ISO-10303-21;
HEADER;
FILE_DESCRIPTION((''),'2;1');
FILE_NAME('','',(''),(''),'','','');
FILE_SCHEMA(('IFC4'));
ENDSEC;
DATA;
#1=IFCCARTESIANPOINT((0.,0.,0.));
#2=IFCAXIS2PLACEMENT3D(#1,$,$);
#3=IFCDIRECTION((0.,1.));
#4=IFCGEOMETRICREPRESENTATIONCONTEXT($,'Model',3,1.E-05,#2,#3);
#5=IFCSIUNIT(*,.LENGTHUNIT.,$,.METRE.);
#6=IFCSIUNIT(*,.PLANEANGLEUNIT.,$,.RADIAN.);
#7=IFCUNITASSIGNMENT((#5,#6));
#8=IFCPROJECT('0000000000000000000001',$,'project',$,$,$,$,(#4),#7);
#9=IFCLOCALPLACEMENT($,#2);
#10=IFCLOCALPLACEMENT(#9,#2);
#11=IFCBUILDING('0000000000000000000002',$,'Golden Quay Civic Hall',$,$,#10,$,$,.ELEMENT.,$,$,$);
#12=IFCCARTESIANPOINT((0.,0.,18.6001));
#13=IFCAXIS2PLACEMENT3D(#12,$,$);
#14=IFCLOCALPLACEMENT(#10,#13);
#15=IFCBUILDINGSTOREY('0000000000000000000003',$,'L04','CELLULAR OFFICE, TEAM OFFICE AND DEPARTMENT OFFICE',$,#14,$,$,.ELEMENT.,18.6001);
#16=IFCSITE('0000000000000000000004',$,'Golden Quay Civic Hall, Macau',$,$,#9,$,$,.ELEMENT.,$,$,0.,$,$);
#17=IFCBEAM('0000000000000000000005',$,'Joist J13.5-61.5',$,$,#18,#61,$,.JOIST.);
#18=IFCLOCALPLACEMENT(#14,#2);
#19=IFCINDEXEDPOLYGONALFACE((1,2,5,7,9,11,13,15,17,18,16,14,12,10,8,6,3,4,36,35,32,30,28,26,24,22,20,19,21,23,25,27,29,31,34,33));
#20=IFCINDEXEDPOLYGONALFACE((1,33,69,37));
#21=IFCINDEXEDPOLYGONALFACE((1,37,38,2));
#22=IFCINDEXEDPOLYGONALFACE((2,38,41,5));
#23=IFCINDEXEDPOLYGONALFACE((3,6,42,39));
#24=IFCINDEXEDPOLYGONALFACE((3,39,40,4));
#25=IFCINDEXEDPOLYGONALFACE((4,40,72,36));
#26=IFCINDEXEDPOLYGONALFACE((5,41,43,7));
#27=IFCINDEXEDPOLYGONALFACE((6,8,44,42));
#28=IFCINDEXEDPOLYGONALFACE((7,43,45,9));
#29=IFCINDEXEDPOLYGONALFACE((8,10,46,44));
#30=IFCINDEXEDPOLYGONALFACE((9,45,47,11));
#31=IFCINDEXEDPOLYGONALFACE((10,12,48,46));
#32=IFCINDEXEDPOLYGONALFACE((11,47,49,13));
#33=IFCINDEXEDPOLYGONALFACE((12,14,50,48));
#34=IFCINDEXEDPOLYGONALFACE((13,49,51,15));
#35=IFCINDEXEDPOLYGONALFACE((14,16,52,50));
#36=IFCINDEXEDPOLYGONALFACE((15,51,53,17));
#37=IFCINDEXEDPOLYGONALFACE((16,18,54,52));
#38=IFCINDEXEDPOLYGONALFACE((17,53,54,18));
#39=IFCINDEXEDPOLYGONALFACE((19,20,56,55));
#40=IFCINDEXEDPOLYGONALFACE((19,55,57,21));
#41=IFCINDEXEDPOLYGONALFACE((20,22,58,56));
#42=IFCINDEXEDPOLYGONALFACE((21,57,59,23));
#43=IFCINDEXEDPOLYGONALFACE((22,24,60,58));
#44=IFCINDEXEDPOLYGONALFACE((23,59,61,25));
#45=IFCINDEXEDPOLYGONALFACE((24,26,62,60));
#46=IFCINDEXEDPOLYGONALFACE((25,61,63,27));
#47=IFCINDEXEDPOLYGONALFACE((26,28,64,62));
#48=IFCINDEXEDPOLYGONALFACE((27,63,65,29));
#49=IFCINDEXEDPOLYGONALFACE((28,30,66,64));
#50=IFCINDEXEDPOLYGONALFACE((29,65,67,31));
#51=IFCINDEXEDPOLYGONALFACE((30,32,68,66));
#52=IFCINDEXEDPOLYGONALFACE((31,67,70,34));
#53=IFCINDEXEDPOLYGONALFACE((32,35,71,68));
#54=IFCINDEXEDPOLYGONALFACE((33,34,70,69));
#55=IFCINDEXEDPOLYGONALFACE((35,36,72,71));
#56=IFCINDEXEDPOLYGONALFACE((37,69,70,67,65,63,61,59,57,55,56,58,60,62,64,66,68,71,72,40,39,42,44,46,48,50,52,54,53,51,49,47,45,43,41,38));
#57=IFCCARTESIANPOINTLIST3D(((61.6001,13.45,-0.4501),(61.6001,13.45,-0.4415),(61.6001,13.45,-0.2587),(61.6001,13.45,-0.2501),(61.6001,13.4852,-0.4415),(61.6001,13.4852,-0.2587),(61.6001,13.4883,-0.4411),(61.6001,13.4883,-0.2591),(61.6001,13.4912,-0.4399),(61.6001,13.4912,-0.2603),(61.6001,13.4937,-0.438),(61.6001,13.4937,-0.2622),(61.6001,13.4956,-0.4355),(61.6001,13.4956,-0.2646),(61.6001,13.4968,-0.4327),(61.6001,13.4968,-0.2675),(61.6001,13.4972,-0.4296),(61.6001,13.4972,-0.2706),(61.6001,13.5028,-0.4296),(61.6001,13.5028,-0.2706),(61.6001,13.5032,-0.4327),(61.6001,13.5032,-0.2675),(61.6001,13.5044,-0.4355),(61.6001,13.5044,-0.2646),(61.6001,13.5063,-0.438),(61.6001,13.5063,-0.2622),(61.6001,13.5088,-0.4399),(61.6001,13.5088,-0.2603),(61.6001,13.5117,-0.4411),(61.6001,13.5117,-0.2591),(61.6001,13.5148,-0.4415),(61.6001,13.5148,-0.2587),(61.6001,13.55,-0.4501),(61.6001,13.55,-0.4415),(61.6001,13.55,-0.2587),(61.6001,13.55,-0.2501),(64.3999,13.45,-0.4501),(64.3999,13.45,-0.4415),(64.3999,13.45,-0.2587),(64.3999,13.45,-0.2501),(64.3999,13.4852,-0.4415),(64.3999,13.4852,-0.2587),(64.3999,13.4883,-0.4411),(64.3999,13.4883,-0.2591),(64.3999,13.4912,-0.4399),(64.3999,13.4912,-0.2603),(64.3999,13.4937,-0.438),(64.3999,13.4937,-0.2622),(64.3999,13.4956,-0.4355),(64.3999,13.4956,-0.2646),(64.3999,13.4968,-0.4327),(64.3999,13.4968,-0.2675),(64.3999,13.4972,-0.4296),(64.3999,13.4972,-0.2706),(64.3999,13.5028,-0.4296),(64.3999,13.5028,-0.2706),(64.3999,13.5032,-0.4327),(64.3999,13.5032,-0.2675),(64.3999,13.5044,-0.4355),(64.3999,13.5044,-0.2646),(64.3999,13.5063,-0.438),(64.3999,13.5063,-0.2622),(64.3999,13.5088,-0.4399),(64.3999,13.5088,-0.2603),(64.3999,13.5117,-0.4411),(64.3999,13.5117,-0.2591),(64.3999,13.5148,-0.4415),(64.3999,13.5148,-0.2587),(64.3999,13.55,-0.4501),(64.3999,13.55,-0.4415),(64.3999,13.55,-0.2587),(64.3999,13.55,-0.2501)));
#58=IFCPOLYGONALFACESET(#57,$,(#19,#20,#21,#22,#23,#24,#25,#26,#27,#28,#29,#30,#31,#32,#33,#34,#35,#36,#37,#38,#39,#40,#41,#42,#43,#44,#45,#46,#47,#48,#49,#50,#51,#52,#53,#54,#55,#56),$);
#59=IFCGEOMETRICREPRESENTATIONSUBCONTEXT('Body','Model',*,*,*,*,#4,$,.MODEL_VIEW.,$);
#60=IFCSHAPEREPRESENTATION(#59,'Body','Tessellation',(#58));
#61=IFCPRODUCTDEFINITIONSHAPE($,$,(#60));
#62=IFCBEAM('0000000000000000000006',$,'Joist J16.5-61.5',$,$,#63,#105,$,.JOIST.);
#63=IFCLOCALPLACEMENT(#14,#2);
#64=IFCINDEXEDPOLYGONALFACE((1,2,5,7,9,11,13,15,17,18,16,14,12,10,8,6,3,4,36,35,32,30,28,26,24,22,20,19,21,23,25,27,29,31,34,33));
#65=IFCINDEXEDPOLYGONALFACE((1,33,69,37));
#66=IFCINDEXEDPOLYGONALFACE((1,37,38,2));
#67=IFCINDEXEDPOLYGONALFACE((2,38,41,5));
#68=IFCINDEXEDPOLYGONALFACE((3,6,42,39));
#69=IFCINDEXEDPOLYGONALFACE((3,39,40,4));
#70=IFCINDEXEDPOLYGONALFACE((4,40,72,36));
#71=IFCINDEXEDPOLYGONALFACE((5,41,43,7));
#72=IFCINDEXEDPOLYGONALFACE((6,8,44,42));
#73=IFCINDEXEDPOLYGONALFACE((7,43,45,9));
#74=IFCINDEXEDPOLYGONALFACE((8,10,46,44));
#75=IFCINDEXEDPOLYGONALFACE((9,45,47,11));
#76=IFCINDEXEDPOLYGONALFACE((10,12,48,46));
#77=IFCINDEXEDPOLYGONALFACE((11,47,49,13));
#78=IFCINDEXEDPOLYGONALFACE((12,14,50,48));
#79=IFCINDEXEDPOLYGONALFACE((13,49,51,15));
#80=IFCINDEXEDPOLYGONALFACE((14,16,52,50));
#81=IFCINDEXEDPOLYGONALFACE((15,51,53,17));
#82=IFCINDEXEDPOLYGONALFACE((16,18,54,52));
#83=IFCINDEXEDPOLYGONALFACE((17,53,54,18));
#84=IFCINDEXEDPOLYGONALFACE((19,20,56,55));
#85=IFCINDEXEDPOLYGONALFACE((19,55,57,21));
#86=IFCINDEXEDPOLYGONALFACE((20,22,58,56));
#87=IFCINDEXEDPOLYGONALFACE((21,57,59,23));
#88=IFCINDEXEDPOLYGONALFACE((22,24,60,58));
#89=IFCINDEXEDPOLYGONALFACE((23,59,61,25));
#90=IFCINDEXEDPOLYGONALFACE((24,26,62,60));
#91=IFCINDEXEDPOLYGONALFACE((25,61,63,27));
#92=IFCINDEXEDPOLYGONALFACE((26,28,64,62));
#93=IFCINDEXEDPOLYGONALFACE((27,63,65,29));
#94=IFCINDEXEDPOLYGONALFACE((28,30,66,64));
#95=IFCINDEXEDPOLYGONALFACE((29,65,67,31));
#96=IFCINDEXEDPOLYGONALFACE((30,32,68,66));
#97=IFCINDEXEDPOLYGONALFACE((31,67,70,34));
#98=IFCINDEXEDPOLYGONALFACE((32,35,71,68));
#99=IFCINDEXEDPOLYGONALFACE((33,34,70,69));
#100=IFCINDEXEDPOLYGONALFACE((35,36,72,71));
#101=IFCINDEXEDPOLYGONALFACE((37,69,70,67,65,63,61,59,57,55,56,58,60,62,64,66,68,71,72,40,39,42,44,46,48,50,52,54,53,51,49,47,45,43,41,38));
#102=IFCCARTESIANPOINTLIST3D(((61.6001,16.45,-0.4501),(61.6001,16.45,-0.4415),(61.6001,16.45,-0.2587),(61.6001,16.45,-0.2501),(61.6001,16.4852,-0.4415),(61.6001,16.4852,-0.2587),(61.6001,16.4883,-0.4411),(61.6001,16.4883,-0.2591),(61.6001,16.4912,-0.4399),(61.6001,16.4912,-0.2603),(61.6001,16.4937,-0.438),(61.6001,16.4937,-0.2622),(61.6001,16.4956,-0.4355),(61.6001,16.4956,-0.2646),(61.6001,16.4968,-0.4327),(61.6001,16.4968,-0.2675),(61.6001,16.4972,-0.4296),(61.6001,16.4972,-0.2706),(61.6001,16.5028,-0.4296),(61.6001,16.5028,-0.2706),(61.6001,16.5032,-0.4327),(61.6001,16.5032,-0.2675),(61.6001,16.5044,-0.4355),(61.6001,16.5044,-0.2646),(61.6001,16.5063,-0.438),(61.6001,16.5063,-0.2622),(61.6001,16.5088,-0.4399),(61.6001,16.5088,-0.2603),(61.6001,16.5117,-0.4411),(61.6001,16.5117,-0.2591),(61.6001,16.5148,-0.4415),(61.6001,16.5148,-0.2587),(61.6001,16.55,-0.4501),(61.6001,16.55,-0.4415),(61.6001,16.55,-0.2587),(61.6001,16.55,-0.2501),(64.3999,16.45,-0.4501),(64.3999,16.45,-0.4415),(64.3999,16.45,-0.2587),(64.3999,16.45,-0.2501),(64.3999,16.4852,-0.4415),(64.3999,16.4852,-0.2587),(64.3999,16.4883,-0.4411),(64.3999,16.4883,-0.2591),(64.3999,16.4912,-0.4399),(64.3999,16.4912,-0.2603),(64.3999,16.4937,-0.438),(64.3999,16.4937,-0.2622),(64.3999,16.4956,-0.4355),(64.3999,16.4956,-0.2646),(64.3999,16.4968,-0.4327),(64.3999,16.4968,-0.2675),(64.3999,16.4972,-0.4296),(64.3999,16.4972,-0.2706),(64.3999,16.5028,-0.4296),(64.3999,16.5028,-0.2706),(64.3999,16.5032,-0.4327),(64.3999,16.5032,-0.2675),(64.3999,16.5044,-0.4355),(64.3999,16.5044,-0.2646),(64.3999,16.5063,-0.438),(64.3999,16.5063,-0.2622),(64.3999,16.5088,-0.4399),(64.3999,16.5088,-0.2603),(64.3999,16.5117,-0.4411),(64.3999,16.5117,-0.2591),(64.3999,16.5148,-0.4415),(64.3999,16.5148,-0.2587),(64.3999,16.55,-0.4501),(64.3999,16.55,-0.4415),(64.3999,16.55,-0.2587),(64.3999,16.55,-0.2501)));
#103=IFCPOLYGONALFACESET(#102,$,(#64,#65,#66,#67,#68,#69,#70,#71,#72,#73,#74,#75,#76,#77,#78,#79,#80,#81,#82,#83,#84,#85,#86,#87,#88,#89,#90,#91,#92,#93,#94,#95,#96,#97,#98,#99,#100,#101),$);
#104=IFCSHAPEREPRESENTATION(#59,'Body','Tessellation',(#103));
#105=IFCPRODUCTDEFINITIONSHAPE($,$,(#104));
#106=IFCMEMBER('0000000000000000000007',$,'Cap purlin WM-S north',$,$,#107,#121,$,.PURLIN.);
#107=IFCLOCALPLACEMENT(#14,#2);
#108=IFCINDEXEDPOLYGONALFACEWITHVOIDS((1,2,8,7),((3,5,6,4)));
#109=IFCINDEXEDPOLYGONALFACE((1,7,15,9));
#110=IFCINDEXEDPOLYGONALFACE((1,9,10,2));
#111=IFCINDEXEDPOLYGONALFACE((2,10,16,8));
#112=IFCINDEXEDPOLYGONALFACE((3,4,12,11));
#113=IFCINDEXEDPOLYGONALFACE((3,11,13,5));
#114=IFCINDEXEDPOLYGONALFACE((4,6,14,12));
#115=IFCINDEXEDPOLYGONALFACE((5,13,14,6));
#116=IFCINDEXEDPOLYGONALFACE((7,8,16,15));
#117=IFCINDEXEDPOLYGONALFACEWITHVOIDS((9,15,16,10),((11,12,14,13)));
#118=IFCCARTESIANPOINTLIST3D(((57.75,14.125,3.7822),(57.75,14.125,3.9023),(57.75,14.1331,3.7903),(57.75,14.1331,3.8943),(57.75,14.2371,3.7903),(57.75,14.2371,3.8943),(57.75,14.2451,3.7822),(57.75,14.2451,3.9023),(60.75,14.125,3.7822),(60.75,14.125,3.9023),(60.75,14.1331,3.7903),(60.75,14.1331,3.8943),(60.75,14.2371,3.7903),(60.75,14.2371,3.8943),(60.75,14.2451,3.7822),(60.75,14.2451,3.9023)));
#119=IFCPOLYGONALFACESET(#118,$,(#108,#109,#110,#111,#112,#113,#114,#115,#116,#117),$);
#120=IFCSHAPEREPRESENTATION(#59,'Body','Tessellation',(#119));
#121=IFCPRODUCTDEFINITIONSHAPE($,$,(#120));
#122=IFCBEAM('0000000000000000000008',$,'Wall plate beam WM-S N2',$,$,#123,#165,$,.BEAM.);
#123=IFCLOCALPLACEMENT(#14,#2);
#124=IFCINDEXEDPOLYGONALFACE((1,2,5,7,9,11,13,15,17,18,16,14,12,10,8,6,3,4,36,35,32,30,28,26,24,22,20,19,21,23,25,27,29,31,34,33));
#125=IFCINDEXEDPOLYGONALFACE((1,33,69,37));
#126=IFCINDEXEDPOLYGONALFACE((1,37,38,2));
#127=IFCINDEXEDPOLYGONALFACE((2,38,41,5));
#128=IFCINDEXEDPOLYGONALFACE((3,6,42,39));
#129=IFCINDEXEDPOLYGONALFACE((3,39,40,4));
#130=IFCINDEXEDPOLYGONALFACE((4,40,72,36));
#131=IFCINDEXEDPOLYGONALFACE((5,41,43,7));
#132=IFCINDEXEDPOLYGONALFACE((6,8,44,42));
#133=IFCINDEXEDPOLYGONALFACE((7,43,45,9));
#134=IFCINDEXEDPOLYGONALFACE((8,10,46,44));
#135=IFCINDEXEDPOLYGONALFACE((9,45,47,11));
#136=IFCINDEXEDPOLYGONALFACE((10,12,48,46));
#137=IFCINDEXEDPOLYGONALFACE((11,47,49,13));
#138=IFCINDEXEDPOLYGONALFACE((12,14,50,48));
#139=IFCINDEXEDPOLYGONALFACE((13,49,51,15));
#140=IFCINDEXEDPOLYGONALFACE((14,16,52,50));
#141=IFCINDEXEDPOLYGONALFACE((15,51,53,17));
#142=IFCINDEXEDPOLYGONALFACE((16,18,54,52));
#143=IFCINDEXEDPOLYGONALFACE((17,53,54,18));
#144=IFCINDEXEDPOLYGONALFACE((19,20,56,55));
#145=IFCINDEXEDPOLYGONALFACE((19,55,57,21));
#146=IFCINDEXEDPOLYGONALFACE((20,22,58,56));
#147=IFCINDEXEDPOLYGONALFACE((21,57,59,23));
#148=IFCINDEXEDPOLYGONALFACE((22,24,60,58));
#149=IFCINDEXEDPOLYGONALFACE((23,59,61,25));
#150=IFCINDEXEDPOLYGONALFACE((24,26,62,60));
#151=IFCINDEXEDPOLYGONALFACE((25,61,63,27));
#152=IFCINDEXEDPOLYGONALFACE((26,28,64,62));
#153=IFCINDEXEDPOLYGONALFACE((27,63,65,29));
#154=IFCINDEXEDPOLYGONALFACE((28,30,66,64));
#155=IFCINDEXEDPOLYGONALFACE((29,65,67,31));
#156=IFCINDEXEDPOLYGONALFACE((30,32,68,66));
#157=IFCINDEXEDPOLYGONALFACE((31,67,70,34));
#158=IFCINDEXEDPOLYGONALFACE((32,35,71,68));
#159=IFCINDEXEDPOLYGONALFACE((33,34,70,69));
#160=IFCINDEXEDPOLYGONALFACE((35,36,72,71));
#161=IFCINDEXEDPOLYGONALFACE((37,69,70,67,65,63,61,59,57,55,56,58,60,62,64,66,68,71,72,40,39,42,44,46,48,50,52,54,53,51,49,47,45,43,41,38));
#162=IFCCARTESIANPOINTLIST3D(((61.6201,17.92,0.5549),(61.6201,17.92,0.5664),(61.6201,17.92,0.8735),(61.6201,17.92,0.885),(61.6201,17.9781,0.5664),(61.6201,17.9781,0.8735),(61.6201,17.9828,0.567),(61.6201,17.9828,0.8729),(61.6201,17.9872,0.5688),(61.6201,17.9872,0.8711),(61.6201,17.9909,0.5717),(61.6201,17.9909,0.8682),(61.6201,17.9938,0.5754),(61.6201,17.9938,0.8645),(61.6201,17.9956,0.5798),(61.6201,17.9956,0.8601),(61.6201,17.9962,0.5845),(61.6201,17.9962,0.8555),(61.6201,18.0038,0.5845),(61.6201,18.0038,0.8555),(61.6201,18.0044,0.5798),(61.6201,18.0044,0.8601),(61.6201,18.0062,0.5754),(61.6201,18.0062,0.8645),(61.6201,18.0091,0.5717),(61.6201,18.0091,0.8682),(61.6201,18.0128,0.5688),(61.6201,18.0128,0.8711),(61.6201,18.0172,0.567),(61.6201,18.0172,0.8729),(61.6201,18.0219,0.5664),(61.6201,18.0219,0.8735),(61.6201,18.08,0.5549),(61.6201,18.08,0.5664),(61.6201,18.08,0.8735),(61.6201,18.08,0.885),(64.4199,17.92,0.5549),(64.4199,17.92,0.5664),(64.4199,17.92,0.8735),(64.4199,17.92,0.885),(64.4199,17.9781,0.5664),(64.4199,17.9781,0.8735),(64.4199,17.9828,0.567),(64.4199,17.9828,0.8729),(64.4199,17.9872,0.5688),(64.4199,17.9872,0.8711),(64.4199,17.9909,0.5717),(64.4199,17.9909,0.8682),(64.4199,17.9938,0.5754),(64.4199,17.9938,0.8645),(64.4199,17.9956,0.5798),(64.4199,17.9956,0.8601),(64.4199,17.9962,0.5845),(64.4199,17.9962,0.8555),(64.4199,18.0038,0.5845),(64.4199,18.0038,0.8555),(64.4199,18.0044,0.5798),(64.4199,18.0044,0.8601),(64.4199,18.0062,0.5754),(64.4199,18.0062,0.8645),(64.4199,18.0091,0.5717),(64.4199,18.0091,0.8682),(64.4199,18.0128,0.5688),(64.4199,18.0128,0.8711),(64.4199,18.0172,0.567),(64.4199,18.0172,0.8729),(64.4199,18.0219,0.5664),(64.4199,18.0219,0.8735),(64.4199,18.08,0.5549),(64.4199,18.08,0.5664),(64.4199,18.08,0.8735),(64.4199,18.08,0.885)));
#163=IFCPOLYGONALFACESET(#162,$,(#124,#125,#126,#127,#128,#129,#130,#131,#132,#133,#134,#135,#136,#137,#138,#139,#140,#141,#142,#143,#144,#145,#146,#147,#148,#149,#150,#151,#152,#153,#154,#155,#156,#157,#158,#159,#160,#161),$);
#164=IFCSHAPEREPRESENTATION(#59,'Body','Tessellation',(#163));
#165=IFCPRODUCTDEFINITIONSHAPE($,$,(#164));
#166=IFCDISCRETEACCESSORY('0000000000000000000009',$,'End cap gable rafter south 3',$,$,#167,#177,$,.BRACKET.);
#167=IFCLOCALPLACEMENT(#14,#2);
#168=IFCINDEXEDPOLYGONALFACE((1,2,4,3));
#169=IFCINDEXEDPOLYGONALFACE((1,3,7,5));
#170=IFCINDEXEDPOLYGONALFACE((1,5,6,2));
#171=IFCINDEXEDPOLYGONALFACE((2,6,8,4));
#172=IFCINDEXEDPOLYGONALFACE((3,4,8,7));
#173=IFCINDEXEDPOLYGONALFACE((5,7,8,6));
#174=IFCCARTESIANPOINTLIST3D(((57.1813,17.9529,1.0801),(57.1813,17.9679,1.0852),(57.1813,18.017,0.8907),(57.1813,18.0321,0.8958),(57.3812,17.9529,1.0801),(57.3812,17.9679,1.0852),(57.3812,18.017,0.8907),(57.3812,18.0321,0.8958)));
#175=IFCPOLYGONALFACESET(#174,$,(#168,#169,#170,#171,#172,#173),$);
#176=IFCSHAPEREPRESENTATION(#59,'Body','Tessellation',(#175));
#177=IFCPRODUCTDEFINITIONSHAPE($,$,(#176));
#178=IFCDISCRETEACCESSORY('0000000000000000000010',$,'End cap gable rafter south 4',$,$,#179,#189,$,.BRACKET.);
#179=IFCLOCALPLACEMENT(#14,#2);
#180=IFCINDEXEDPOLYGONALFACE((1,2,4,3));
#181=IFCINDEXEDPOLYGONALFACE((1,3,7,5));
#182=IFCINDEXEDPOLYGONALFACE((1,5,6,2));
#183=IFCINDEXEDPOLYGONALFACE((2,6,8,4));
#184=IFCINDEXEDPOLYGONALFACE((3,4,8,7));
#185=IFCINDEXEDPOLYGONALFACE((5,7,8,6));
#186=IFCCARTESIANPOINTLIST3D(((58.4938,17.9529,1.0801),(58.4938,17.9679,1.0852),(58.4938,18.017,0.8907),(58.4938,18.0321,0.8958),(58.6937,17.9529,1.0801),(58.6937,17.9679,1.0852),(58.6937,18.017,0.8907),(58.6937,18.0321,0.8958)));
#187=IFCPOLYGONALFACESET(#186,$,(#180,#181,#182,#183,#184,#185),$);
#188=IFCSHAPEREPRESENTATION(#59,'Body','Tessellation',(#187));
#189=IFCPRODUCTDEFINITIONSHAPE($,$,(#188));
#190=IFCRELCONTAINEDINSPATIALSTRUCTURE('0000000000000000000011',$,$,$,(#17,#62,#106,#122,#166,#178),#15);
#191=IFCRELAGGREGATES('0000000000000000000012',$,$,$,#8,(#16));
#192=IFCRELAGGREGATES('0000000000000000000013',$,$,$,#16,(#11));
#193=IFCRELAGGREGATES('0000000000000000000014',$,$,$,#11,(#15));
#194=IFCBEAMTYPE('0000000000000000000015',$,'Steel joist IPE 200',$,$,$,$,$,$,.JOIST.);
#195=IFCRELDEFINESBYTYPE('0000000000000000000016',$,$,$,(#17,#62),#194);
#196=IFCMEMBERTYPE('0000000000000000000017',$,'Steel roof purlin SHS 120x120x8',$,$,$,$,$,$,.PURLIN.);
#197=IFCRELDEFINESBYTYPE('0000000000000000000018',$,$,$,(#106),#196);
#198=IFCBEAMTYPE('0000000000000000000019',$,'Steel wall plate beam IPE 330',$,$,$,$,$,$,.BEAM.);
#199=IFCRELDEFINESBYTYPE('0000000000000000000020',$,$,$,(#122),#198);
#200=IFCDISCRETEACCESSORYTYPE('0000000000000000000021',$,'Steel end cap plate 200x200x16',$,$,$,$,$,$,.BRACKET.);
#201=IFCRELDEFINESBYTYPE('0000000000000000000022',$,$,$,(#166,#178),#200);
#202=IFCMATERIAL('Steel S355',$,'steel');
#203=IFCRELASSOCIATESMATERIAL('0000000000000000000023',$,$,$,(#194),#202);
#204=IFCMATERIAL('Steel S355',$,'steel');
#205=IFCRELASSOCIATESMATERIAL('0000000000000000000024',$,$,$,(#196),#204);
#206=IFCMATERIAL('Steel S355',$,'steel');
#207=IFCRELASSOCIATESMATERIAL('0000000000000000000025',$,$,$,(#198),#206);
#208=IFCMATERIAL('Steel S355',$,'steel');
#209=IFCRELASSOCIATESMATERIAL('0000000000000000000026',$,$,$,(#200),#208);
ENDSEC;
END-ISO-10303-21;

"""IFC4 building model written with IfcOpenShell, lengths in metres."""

from ifc_helpers import new_model, si_unit, direction, frame, origin, origin_2d, place, context, subcontext, project, spatial, rectangle, hollow_rectangle, i_section, extrude, material, material_profile, profile_set, type_object, element, save


model = new_model("IFC4")

# Units and contexts
model_context = context("Model", 3, precision=1e-05, world=origin(), true_north=direction((0.0, 1.0)))
body_context = subcontext(model_context, "Body", "Model", "MODEL_VIEW")
ifc_project = project(units=[si_unit("LENGTHUNIT", "METRE"), si_unit("PLANEANGLEUNIT", "RADIAN")], contexts=[model_context])

# Site, building, storey
site_placement = place(None, origin())
site = spatial("IfcSite", under=ifc_project, at=site_placement, Name="Golden Quay Civic Hall, Macau", CompositionType="ELEMENT", RefElevation=0.0)
building_placement = place(site_placement, origin())
building = spatial("IfcBuilding", under=site, at=building_placement, Name="Golden Quay Civic Hall", CompositionType="ELEMENT")
storey_placement = place(building_placement, frame((0.0, 0.0, 18.6001)))
storey = spatial("IfcBuildingStorey", under=building, at=storey_placement, Name="L04", Description="CELLULAR OFFICE, TEAM OFFICE AND DEPARTMENT OFFICE", CompositionType="ELEMENT", Elevation=18.6001)

# Beams
ifc_material_1 = material(Name="Steel S355", Category="steel")
ifc_material_profile_1 = material_profile(ifc_material_1, i_section(OverallWidth=0.1001, OverallDepth=0.2, WebThickness=0.0056, FlangeThickness=0.0085, FilletRadius=0.012, at=origin_2d()), Name="IPE 200")
ifc_profile_set_1 = profile_set([ifc_material_profile_1], Name="Steel S355")
beam_type_1 = type_object("IfcBeamType", Name="Steel joist IPE 200", PredefinedType="JOIST", material=ifc_profile_set_1)
for number, where, z_axis, x_axis, name in (
    (1, (61.6001, 13.5, -0.3501), (1.0, 0.0, 0.0), (0.0, 1.0, 0.0), "Joist J13.5-61.5"),
    (2, (61.6001, 16.5, -0.3501), (1.0, 0.0, 0.0), (0.0, 1.0, 0.0), "Joist J16.5-61.5"),
):
    element("IfcBeam", number, at=place(storey_placement, frame(where, z_axis=z_axis, x_axis=x_axis)), inside=storey, type_object=beam_type_1, Name=name, PredefinedType="JOIST", context=body_context, shape_type="SweptSolid", body=[
        extrude(i_section(OverallWidth=0.1001, OverallDepth=0.2, WebThickness=0.0056, FlangeThickness=0.0085, FilletRadius=0.012, at=origin_2d()), origin(), (0.0, 0.0, 1.0), 2.7998),
    ])

# Member
ifc_material_2 = material(Name="Steel S355", Category="steel")
ifc_material_profile_2 = material_profile(ifc_material_2, hollow_rectangle(XDim=0.1201, YDim=0.1201, WallThickness=0.0081, at=origin_2d()), Name="SHS 120x120x8")
ifc_profile_set_2 = profile_set([ifc_material_profile_2], Name="Steel S355")
member_type_1 = type_object("IfcMemberType", Name="Steel roof purlin SHS 120x120x8", PredefinedType="PURLIN", material=ifc_profile_set_2)
member_1_placement = place(storey_placement, frame((57.75, 14.1851, 3.8423), z_axis=(1.0, 0.0, 0.0), x_axis=(0.0, 1.0, 0.0)))
element("IfcMember", 3, at=member_1_placement, inside=storey, type_object=member_type_1, Name="Cap purlin WM-S north", PredefinedType="PURLIN", context=body_context, shape_type="SweptSolid", body=[
    extrude(hollow_rectangle(XDim=0.1201, YDim=0.1201, WallThickness=0.0081, at=origin_2d()), origin(), (0.0, 0.0, 1.0), 3.0),
])

# Beam
ifc_material_3 = material(Name="Steel S355", Category="steel")
ifc_material_profile_3 = material_profile(ifc_material_3, i_section(OverallWidth=0.1599, OverallDepth=0.3301, WebThickness=0.0076, FlangeThickness=0.0115, FilletRadius=0.0181, at=origin_2d()), Name="IPE 330")
ifc_profile_set_3 = profile_set([ifc_material_profile_3], Name="Steel S355")
beam_type_2 = type_object("IfcBeamType", Name="Steel wall plate beam IPE 330", PredefinedType="BEAM", material=ifc_profile_set_3)
beam_1_placement = place(storey_placement, frame((61.6201, 18.0, 0.72), z_axis=(1.0, 0.0, 0.0), x_axis=(0.0, 1.0, 0.0)))
element("IfcBeam", 4, at=beam_1_placement, inside=storey, type_object=beam_type_2, Name="Wall plate beam WM-S N2", PredefinedType="BEAM", context=body_context, shape_type="SweptSolid", body=[
    extrude(i_section(OverallWidth=0.1599, OverallDepth=0.3301, WebThickness=0.0076, FlangeThickness=0.0115, FilletRadius=0.0181, at=origin_2d()), origin(), (0.0, 0.0, 1.0), 2.7998),
])

# Discrete accessories
ifc_material_4 = material(Name="Steel S355", Category="steel")
ifc_material_profile_4 = material_profile(ifc_material_4, rectangle(XDim=0.2, YDim=0.2, at=origin_2d()), Name="Steel end cap plate 200x200x16")
ifc_profile_set_4 = profile_set([ifc_material_profile_4], Name="Steel S355")
discrete_accessory_type = type_object("IfcDiscreteAccessoryType", Name="Steel end cap plate 200x200x16", PredefinedType="BRACKET", material=ifc_profile_set_4)
for number, where, z_axis, x_axis, name in (
    (5, (57.2812, 18.0, 0.9905), (0.0, -0.947145, -0.320807), (1.0, 0.0, 0.0), "End cap gable rafter south 3"),
    (6, (58.5938, 18.0, 0.9905), (0.0, -0.947145, -0.320807), (1.0, 0.0, 0.0), "End cap gable rafter south 4"),
):
    element("IfcDiscreteAccessory", number, at=place(storey_placement, frame(where, z_axis=z_axis, x_axis=x_axis)), inside=storey, type_object=discrete_accessory_type, Name=name, PredefinedType="BRACKET", context=body_context, shape_type="SweptSolid", body=[
        extrude(rectangle(XDim=0.2, YDim=0.2, at=origin_2d()), origin(), (0.0, 0.0, 1.0), 0.0159),
    ])

save(model, "model.ifc")
